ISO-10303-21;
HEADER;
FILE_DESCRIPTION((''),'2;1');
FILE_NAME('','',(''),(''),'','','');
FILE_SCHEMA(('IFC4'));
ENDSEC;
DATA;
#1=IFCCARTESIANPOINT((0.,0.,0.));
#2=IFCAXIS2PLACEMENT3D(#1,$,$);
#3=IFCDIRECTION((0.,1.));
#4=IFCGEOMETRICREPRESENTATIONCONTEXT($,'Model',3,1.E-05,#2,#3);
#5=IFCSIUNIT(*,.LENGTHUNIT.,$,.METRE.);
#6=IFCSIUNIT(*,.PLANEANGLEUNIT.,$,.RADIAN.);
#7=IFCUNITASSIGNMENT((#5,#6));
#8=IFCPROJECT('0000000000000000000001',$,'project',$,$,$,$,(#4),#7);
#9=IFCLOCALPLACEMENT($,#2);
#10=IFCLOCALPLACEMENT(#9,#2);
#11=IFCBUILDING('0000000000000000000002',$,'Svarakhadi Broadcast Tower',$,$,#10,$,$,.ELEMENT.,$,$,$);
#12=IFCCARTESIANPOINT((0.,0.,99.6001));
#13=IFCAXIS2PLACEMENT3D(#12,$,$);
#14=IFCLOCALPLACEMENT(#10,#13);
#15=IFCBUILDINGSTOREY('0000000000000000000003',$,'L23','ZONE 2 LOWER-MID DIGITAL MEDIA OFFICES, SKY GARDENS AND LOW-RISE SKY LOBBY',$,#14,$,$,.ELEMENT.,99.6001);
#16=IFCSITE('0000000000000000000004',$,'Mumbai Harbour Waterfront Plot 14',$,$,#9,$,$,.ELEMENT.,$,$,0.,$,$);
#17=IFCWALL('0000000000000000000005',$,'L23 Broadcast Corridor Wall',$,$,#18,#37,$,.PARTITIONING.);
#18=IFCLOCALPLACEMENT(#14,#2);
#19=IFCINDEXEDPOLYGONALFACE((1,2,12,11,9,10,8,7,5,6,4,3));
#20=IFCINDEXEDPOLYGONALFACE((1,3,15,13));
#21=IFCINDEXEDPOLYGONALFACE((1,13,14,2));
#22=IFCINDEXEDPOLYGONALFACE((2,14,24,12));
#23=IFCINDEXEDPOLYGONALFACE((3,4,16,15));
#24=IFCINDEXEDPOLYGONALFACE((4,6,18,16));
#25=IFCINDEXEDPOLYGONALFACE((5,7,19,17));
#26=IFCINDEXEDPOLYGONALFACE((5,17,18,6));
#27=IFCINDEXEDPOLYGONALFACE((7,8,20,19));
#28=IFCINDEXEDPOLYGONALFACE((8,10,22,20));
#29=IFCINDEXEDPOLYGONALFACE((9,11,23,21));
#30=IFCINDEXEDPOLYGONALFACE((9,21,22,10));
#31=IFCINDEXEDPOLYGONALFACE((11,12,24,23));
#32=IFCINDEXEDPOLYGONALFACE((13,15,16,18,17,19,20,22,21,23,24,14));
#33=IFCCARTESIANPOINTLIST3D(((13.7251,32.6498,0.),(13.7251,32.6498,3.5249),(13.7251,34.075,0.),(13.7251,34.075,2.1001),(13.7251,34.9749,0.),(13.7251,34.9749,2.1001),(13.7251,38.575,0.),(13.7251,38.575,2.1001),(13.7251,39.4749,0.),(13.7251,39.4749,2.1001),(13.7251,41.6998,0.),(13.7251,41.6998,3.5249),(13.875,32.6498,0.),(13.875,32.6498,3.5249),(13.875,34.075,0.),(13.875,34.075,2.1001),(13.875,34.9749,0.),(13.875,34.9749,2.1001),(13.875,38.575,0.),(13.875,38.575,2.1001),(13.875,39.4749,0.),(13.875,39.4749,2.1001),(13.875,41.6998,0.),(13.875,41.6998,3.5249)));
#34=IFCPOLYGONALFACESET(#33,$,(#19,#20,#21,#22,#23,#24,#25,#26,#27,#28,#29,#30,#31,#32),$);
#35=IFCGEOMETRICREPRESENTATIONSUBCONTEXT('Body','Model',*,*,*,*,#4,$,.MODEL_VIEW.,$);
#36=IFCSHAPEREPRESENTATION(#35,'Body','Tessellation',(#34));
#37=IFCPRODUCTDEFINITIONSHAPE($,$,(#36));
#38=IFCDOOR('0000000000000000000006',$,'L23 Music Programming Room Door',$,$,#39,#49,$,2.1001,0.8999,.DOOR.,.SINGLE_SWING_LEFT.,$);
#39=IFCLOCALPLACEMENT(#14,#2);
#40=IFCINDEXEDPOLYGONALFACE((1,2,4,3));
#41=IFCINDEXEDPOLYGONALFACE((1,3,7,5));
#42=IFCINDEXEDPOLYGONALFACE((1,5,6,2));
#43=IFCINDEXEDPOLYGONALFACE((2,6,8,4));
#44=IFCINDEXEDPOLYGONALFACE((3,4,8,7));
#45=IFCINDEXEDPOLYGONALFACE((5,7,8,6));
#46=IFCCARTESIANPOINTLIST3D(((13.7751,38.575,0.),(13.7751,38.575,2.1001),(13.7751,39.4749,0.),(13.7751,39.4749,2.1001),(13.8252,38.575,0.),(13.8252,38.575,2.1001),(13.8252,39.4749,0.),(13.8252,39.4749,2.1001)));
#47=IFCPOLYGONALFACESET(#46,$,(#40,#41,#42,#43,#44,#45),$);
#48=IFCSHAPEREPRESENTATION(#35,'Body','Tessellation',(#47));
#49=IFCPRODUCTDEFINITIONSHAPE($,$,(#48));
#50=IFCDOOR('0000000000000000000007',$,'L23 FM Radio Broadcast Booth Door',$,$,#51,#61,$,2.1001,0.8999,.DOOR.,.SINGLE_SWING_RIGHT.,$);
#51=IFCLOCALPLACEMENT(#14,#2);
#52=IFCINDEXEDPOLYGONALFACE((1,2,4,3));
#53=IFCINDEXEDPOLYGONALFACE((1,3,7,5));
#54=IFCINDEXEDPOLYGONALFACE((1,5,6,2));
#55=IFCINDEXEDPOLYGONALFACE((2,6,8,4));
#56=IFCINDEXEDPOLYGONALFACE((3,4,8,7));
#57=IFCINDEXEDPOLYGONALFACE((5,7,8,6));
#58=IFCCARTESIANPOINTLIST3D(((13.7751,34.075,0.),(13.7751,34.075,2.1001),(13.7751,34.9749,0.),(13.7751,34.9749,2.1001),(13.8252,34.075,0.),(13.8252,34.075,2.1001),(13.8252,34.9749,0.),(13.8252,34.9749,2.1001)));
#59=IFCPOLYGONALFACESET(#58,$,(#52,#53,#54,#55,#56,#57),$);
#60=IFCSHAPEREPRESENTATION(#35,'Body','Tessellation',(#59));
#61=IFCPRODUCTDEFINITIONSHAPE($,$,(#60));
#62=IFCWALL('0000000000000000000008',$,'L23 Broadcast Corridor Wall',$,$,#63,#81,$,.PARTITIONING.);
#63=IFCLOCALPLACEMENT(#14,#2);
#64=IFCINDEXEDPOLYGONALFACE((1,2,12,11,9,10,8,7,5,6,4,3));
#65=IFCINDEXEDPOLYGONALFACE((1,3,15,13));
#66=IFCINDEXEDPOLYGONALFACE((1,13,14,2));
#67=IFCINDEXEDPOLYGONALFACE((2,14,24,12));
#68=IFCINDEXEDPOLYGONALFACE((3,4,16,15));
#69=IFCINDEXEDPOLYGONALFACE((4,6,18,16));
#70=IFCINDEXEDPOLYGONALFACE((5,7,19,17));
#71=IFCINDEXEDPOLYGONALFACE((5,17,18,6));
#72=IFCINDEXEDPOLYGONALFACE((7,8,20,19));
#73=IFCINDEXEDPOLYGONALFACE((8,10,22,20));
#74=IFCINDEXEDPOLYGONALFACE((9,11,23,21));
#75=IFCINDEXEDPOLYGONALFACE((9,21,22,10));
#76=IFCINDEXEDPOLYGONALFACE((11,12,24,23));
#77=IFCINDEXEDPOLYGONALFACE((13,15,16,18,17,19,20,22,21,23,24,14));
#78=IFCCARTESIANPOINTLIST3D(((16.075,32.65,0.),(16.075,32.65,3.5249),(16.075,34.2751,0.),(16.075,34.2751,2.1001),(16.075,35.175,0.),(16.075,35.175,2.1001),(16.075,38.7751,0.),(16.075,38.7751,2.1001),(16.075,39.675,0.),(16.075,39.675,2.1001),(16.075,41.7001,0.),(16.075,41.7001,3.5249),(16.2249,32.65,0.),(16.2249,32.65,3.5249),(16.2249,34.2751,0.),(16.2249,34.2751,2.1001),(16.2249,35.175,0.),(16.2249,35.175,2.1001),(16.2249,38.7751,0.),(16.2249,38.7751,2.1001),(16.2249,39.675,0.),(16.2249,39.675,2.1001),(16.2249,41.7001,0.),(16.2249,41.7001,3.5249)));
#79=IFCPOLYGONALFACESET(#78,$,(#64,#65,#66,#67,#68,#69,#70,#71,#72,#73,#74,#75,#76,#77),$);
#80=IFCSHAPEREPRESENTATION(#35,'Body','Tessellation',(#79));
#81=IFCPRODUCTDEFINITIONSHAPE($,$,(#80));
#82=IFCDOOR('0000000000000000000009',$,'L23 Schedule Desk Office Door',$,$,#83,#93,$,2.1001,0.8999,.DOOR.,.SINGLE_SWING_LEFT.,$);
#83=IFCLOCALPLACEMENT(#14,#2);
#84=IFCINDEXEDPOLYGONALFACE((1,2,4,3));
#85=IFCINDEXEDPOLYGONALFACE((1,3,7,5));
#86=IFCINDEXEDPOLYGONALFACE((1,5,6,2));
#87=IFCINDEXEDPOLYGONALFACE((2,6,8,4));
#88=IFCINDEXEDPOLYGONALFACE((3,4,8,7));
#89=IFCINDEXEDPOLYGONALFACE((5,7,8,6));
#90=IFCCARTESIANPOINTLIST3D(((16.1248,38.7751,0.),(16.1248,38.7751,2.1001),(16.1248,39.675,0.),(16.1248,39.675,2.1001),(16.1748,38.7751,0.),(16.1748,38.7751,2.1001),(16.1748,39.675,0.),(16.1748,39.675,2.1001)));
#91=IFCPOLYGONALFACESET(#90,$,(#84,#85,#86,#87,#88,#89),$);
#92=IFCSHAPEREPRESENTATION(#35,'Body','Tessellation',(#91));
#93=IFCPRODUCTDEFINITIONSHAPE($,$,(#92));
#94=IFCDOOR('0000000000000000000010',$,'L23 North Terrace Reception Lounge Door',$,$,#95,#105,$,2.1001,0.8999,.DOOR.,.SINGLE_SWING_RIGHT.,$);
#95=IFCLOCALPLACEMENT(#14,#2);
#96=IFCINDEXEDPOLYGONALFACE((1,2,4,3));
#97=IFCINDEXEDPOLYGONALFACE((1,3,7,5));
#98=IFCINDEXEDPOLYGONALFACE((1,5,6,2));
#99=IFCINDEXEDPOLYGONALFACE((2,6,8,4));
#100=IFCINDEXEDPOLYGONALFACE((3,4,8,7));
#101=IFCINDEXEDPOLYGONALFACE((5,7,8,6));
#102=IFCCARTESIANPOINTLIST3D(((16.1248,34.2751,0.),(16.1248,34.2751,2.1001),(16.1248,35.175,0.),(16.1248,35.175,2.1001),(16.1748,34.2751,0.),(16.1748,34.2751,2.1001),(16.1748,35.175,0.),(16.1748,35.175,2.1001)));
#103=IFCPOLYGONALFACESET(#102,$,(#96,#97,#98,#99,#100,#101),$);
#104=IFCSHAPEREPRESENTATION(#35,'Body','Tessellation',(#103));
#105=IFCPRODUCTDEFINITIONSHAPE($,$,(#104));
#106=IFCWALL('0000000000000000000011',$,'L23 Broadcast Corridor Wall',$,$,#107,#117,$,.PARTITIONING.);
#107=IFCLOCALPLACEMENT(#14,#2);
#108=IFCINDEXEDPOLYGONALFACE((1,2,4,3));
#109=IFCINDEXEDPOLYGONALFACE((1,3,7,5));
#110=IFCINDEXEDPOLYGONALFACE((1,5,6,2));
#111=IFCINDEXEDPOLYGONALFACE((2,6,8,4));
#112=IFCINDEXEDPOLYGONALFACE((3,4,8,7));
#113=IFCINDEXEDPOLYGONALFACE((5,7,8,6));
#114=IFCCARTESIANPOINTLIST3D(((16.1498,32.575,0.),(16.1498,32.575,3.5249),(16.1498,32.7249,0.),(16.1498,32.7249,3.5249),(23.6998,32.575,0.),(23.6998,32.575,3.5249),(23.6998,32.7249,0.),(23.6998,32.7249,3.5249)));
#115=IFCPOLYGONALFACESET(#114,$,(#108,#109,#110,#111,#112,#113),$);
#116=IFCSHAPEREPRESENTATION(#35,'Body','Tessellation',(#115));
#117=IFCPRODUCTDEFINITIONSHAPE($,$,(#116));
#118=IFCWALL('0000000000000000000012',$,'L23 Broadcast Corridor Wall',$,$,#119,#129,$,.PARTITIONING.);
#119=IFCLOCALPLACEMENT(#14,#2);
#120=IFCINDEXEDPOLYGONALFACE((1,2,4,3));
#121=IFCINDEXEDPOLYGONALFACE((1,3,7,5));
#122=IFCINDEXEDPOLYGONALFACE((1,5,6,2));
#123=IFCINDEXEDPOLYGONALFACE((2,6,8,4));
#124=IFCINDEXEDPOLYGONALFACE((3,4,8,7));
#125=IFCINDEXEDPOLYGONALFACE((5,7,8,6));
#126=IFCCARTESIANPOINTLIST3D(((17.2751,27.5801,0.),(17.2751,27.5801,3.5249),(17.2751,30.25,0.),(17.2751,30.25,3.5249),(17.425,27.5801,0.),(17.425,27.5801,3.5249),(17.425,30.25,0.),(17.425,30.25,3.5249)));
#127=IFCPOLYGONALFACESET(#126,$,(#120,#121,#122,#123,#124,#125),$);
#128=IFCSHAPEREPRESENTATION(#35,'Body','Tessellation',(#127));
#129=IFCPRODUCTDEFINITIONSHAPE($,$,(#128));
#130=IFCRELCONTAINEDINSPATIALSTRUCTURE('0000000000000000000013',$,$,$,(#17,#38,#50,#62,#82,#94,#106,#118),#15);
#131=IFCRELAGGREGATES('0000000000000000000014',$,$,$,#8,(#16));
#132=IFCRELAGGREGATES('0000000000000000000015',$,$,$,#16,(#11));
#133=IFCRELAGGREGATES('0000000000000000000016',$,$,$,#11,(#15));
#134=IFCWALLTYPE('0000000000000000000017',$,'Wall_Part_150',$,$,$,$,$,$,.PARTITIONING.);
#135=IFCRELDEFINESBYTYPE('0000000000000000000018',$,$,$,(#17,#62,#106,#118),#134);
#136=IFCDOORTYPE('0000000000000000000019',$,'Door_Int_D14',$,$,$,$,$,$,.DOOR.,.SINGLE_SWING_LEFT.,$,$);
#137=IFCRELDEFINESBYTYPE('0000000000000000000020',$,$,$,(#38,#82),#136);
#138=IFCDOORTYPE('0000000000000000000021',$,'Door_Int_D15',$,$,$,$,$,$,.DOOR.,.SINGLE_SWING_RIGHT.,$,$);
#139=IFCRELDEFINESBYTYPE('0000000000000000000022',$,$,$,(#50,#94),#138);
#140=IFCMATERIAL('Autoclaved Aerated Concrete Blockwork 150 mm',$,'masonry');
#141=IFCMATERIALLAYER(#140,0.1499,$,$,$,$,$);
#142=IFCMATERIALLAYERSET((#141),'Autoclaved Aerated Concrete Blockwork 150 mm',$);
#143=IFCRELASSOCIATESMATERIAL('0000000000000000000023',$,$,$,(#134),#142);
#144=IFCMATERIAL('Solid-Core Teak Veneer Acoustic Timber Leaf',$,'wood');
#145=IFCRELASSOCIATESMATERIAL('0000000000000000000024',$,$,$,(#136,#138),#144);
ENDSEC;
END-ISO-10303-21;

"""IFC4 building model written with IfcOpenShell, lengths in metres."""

from ifc_helpers import new_model, si_unit, direction, frame, frame_2d, origin, place, context, subcontext, project, spatial, rectangle, extrude, material, layer, layer_set, type_object, element, fill, save


model = new_model("IFC4")

# Units and contexts
model_context = context("Model", 3, precision=1e-05, world=origin(), true_north=direction((0.0, 1.0)))
body_context = subcontext(model_context, "Body", "Model", "MODEL_VIEW")
ifc_project = project(units=[si_unit("LENGTHUNIT", "METRE"), si_unit("PLANEANGLEUNIT", "RADIAN")], contexts=[model_context])

# Site, building, storey
site_placement = place(None, origin())
site = spatial("IfcSite", under=ifc_project, at=site_placement, Name="Mumbai Harbour Waterfront Plot 14", CompositionType="ELEMENT", RefElevation=0.0)
building_placement = place(site_placement, origin())
building = spatial("IfcBuilding", under=site, at=building_placement, Name="Svarakhadi Broadcast Tower", CompositionType="ELEMENT")
storey_placement = place(building_placement, frame((0.0, 0.0, 99.6001)))
storey = spatial("IfcBuildingStorey", under=building, at=storey_placement, Name="L23", Description="ZONE 2 LOWER-MID DIGITAL MEDIA OFFICES, SKY GARDENS AND LOW-RISE SKY LOBBY", CompositionType="ELEMENT", Elevation=99.6001)

# Shared definitions
ifc_material_1 = material(Name="Autoclaved Aerated Concrete Blockwork 150 mm", Category="masonry")
ifc_layer_1 = layer(ifc_material_1, 0.1499)
ifc_layer_set_1 = layer_set([ifc_layer_1], Name="Autoclaved Aerated Concrete Blockwork 150 mm")
wall_type_1 = type_object("IfcWallType", Name="Wall_Part_150", PredefinedType="PARTITIONING", material=ifc_layer_set_1)

# Walls, openings, doors
wall_1_placement = place(storey_placement, frame((13.8, 32.6499, 0.0), z_axis=(0.0, 0.0, 1.0), x_axis=(0.0, 1.0, 0.0)))
wall_1 = element("IfcWall", 1, at=wall_1_placement, inside=storey, type_object=wall_type_1, Name="L23 Broadcast Corridor Wall", PredefinedType="PARTITIONING", context=body_context, shape_type="SweptSolid", body=[
    extrude(rectangle(XDim=9.05, YDim=0.1499, at=frame_2d((4.5249, 0.0))), origin(), (0.0, 0.0, 1.0), 3.5249),
])
opening_1_placement = place(wall_1_placement, frame((1.425, 0.0, 0.0)))
opening_1 = element("IfcOpeningElement", 2, at=opening_1_placement, cuts=wall_1, PredefinedType="OPENING", context=body_context, shape_type="SweptSolid", body=[
    extrude(rectangle(XDim=0.8999, YDim=2.1001, at=frame_2d((0.45, 1.05))), frame((0.0, 0.085, 0.0), z_axis=(0.0, -1.0, 0.0), x_axis=(1.0, 0.0, 0.0)), (0.0, 0.0, 1.0), 0.1699),
])
opening_2_placement = place(wall_1_placement, frame((5.925, 0.0, 0.0)))
opening_2 = element("IfcOpeningElement", 3, at=opening_2_placement, cuts=wall_1, PredefinedType="OPENING", context=body_context, shape_type="SweptSolid", body=[
    extrude(rectangle(XDim=0.8999, YDim=2.1001, at=frame_2d((0.45, 1.05))), frame((0.0, 0.085, 0.0), z_axis=(0.0, -1.0, 0.0), x_axis=(1.0, 0.0, 0.0)), (0.0, 0.0, 1.0), 0.1699),
])
ifc_material_2 = material(Name="Solid-Core Teak Veneer Acoustic Timber Leaf", Category="wood")
door_type_1 = type_object("IfcDoorType", Name="Door_Int_D14", OperationType="SINGLE_SWING_LEFT", PredefinedType="DOOR", material=ifc_material_2)
door_1_placement = place(opening_2_placement, origin())
door_1 = element("IfcDoor", 4, at=door_1_placement, inside=storey, type_object=door_type_1, Name="L23 Music Programming Room Door", OperationType="SINGLE_SWING_LEFT", OverallHeight=2.1001, OverallWidth=0.8999, PredefinedType="DOOR", context=body_context, shape_type="SweptSolid", body=[
    extrude(rectangle(XDim=0.8999, YDim=2.1001, at=frame_2d((0.45, 1.05))), frame((0.0, 0.0249, 0.0), z_axis=(0.0, -1.0, 0.0), x_axis=(1.0, 0.0, 0.0)), (0.0, 0.0, 1.0), 0.05),
])
fill(opening_2, door_1)
door_type_2 = type_object("IfcDoorType", Name="Door_Int_D15", OperationType="SINGLE_SWING_RIGHT", PredefinedType="DOOR", material=ifc_material_2)
door_2_placement = place(opening_1_placement, origin())
door_2 = element("IfcDoor", 5, at=door_2_placement, inside=storey, type_object=door_type_2, Name="L23 FM Radio Broadcast Booth Door", OperationType="SINGLE_SWING_RIGHT", OverallHeight=2.1001, OverallWidth=0.8999, PredefinedType="DOOR", context=body_context, shape_type="SweptSolid", body=[
    extrude(rectangle(XDim=0.8999, YDim=2.1001, at=frame_2d((0.45, 1.05))), frame((0.0, 0.0249, 0.0), z_axis=(0.0, -1.0, 0.0), x_axis=(1.0, 0.0, 0.0)), (0.0, 0.0, 1.0), 0.05),
])
fill(opening_1, door_2)
wall_2_placement = place(storey_placement, frame((16.1499, 41.7, 0.0), z_axis=(0.0, 0.0, 1.0), x_axis=(0.0, -1.0, 0.0)))
wall_2 = element("IfcWall", 6, at=wall_2_placement, inside=storey, type_object=wall_type_1, Name="L23 Broadcast Corridor Wall", PredefinedType="PARTITIONING", context=body_context, shape_type="SweptSolid", body=[
    extrude(rectangle(XDim=9.05, YDim=0.1499, at=frame_2d((4.5249, 0.0))), origin(), (0.0, 0.0, 1.0), 3.5249),
])
opening_3_placement = place(wall_2_placement, frame((6.5249, 0.0, 0.0)))
opening_3 = element("IfcOpeningElement", 7, at=opening_3_placement, cuts=wall_2, PredefinedType="OPENING", context=body_context, shape_type="SweptSolid", body=[
    extrude(rectangle(XDim=0.8999, YDim=2.1001, at=frame_2d((0.45, 1.05))), frame((0.0, 0.085, 0.0), z_axis=(0.0, -1.0, 0.0), x_axis=(1.0, 0.0, 0.0)), (0.0, 0.0, 1.0), 0.1699),
])
opening_4_placement = place(wall_2_placement, frame((2.0249, 0.0, 0.0)))
opening_4 = element("IfcOpeningElement", 8, at=opening_4_placement, cuts=wall_2, PredefinedType="OPENING", context=body_context, shape_type="SweptSolid", body=[
    extrude(rectangle(XDim=0.8999, YDim=2.1001, at=frame_2d((0.45, 1.05))), frame((0.0, 0.085, 0.0), z_axis=(0.0, -1.0, 0.0), x_axis=(1.0, 0.0, 0.0)), (0.0, 0.0, 1.0), 0.1699),
])
door_3_placement = place(opening_4_placement, origin())
door_3 = element("IfcDoor", 9, at=door_3_placement, inside=storey, type_object=door_type_1, Name="L23 Schedule Desk Office Door", OperationType="SINGLE_SWING_LEFT", OverallHeight=2.1001, OverallWidth=0.8999, PredefinedType="DOOR", context=body_context, shape_type="SweptSolid", body=[
    extrude(rectangle(XDim=0.8999, YDim=2.1001, at=frame_2d((0.45, 1.05))), frame((0.0, 0.0249, 0.0), z_axis=(0.0, -1.0, 0.0), x_axis=(1.0, 0.0, 0.0)), (0.0, 0.0, 1.0), 0.05),
])
fill(opening_4, door_3)
door_4_placement = place(opening_3_placement, origin())
door_4 = element("IfcDoor", 10, at=door_4_placement, inside=storey, type_object=door_type_2, Name="L23 North Terrace Reception Lounge Door", OperationType="SINGLE_SWING_RIGHT", OverallHeight=2.1001, OverallWidth=0.8999, PredefinedType="DOOR", context=body_context, shape_type="SweptSolid", body=[
    extrude(rectangle(XDim=0.8999, YDim=2.1001, at=frame_2d((0.45, 1.05))), frame((0.0, 0.0249, 0.0), z_axis=(0.0, -1.0, 0.0), x_axis=(1.0, 0.0, 0.0)), (0.0, 0.0, 1.0), 0.05),
])
fill(opening_3, door_4)

# Walls
wall_3_placement = place(storey_placement, frame((16.1499, 32.6499, 0.0), z_axis=(0.0, 0.0, 1.0), x_axis=(1.0, 0.0, 0.0)))
element("IfcWall", 11, at=wall_3_placement, inside=storey, type_object=wall_type_1, Name="L23 Broadcast Corridor Wall", PredefinedType="PARTITIONING", context=body_context, shape_type="SweptSolid", body=[
    extrude(rectangle(XDim=7.55, YDim=0.1499, at=frame_2d((3.7749, 0.0))), origin(), (0.0, 0.0, 1.0), 3.5249),
])
wall_4_placement = place(storey_placement, frame((17.3501, 30.25, 0.0), z_axis=(0.0, 0.0, 1.0), x_axis=(0.0, -1.0, 0.0)))
element("IfcWall", 12, at=wall_4_placement, inside=storey, type_object=wall_type_1, Name="L23 Broadcast Corridor Wall", PredefinedType="PARTITIONING", context=body_context, shape_type="SweptSolid", body=[
    extrude(rectangle(XDim=2.6699, YDim=0.1499, at=frame_2d((1.335, 0.0))), origin(), (0.0, 0.0, 1.0), 3.5249),
])

save(model, "model.ifc")
